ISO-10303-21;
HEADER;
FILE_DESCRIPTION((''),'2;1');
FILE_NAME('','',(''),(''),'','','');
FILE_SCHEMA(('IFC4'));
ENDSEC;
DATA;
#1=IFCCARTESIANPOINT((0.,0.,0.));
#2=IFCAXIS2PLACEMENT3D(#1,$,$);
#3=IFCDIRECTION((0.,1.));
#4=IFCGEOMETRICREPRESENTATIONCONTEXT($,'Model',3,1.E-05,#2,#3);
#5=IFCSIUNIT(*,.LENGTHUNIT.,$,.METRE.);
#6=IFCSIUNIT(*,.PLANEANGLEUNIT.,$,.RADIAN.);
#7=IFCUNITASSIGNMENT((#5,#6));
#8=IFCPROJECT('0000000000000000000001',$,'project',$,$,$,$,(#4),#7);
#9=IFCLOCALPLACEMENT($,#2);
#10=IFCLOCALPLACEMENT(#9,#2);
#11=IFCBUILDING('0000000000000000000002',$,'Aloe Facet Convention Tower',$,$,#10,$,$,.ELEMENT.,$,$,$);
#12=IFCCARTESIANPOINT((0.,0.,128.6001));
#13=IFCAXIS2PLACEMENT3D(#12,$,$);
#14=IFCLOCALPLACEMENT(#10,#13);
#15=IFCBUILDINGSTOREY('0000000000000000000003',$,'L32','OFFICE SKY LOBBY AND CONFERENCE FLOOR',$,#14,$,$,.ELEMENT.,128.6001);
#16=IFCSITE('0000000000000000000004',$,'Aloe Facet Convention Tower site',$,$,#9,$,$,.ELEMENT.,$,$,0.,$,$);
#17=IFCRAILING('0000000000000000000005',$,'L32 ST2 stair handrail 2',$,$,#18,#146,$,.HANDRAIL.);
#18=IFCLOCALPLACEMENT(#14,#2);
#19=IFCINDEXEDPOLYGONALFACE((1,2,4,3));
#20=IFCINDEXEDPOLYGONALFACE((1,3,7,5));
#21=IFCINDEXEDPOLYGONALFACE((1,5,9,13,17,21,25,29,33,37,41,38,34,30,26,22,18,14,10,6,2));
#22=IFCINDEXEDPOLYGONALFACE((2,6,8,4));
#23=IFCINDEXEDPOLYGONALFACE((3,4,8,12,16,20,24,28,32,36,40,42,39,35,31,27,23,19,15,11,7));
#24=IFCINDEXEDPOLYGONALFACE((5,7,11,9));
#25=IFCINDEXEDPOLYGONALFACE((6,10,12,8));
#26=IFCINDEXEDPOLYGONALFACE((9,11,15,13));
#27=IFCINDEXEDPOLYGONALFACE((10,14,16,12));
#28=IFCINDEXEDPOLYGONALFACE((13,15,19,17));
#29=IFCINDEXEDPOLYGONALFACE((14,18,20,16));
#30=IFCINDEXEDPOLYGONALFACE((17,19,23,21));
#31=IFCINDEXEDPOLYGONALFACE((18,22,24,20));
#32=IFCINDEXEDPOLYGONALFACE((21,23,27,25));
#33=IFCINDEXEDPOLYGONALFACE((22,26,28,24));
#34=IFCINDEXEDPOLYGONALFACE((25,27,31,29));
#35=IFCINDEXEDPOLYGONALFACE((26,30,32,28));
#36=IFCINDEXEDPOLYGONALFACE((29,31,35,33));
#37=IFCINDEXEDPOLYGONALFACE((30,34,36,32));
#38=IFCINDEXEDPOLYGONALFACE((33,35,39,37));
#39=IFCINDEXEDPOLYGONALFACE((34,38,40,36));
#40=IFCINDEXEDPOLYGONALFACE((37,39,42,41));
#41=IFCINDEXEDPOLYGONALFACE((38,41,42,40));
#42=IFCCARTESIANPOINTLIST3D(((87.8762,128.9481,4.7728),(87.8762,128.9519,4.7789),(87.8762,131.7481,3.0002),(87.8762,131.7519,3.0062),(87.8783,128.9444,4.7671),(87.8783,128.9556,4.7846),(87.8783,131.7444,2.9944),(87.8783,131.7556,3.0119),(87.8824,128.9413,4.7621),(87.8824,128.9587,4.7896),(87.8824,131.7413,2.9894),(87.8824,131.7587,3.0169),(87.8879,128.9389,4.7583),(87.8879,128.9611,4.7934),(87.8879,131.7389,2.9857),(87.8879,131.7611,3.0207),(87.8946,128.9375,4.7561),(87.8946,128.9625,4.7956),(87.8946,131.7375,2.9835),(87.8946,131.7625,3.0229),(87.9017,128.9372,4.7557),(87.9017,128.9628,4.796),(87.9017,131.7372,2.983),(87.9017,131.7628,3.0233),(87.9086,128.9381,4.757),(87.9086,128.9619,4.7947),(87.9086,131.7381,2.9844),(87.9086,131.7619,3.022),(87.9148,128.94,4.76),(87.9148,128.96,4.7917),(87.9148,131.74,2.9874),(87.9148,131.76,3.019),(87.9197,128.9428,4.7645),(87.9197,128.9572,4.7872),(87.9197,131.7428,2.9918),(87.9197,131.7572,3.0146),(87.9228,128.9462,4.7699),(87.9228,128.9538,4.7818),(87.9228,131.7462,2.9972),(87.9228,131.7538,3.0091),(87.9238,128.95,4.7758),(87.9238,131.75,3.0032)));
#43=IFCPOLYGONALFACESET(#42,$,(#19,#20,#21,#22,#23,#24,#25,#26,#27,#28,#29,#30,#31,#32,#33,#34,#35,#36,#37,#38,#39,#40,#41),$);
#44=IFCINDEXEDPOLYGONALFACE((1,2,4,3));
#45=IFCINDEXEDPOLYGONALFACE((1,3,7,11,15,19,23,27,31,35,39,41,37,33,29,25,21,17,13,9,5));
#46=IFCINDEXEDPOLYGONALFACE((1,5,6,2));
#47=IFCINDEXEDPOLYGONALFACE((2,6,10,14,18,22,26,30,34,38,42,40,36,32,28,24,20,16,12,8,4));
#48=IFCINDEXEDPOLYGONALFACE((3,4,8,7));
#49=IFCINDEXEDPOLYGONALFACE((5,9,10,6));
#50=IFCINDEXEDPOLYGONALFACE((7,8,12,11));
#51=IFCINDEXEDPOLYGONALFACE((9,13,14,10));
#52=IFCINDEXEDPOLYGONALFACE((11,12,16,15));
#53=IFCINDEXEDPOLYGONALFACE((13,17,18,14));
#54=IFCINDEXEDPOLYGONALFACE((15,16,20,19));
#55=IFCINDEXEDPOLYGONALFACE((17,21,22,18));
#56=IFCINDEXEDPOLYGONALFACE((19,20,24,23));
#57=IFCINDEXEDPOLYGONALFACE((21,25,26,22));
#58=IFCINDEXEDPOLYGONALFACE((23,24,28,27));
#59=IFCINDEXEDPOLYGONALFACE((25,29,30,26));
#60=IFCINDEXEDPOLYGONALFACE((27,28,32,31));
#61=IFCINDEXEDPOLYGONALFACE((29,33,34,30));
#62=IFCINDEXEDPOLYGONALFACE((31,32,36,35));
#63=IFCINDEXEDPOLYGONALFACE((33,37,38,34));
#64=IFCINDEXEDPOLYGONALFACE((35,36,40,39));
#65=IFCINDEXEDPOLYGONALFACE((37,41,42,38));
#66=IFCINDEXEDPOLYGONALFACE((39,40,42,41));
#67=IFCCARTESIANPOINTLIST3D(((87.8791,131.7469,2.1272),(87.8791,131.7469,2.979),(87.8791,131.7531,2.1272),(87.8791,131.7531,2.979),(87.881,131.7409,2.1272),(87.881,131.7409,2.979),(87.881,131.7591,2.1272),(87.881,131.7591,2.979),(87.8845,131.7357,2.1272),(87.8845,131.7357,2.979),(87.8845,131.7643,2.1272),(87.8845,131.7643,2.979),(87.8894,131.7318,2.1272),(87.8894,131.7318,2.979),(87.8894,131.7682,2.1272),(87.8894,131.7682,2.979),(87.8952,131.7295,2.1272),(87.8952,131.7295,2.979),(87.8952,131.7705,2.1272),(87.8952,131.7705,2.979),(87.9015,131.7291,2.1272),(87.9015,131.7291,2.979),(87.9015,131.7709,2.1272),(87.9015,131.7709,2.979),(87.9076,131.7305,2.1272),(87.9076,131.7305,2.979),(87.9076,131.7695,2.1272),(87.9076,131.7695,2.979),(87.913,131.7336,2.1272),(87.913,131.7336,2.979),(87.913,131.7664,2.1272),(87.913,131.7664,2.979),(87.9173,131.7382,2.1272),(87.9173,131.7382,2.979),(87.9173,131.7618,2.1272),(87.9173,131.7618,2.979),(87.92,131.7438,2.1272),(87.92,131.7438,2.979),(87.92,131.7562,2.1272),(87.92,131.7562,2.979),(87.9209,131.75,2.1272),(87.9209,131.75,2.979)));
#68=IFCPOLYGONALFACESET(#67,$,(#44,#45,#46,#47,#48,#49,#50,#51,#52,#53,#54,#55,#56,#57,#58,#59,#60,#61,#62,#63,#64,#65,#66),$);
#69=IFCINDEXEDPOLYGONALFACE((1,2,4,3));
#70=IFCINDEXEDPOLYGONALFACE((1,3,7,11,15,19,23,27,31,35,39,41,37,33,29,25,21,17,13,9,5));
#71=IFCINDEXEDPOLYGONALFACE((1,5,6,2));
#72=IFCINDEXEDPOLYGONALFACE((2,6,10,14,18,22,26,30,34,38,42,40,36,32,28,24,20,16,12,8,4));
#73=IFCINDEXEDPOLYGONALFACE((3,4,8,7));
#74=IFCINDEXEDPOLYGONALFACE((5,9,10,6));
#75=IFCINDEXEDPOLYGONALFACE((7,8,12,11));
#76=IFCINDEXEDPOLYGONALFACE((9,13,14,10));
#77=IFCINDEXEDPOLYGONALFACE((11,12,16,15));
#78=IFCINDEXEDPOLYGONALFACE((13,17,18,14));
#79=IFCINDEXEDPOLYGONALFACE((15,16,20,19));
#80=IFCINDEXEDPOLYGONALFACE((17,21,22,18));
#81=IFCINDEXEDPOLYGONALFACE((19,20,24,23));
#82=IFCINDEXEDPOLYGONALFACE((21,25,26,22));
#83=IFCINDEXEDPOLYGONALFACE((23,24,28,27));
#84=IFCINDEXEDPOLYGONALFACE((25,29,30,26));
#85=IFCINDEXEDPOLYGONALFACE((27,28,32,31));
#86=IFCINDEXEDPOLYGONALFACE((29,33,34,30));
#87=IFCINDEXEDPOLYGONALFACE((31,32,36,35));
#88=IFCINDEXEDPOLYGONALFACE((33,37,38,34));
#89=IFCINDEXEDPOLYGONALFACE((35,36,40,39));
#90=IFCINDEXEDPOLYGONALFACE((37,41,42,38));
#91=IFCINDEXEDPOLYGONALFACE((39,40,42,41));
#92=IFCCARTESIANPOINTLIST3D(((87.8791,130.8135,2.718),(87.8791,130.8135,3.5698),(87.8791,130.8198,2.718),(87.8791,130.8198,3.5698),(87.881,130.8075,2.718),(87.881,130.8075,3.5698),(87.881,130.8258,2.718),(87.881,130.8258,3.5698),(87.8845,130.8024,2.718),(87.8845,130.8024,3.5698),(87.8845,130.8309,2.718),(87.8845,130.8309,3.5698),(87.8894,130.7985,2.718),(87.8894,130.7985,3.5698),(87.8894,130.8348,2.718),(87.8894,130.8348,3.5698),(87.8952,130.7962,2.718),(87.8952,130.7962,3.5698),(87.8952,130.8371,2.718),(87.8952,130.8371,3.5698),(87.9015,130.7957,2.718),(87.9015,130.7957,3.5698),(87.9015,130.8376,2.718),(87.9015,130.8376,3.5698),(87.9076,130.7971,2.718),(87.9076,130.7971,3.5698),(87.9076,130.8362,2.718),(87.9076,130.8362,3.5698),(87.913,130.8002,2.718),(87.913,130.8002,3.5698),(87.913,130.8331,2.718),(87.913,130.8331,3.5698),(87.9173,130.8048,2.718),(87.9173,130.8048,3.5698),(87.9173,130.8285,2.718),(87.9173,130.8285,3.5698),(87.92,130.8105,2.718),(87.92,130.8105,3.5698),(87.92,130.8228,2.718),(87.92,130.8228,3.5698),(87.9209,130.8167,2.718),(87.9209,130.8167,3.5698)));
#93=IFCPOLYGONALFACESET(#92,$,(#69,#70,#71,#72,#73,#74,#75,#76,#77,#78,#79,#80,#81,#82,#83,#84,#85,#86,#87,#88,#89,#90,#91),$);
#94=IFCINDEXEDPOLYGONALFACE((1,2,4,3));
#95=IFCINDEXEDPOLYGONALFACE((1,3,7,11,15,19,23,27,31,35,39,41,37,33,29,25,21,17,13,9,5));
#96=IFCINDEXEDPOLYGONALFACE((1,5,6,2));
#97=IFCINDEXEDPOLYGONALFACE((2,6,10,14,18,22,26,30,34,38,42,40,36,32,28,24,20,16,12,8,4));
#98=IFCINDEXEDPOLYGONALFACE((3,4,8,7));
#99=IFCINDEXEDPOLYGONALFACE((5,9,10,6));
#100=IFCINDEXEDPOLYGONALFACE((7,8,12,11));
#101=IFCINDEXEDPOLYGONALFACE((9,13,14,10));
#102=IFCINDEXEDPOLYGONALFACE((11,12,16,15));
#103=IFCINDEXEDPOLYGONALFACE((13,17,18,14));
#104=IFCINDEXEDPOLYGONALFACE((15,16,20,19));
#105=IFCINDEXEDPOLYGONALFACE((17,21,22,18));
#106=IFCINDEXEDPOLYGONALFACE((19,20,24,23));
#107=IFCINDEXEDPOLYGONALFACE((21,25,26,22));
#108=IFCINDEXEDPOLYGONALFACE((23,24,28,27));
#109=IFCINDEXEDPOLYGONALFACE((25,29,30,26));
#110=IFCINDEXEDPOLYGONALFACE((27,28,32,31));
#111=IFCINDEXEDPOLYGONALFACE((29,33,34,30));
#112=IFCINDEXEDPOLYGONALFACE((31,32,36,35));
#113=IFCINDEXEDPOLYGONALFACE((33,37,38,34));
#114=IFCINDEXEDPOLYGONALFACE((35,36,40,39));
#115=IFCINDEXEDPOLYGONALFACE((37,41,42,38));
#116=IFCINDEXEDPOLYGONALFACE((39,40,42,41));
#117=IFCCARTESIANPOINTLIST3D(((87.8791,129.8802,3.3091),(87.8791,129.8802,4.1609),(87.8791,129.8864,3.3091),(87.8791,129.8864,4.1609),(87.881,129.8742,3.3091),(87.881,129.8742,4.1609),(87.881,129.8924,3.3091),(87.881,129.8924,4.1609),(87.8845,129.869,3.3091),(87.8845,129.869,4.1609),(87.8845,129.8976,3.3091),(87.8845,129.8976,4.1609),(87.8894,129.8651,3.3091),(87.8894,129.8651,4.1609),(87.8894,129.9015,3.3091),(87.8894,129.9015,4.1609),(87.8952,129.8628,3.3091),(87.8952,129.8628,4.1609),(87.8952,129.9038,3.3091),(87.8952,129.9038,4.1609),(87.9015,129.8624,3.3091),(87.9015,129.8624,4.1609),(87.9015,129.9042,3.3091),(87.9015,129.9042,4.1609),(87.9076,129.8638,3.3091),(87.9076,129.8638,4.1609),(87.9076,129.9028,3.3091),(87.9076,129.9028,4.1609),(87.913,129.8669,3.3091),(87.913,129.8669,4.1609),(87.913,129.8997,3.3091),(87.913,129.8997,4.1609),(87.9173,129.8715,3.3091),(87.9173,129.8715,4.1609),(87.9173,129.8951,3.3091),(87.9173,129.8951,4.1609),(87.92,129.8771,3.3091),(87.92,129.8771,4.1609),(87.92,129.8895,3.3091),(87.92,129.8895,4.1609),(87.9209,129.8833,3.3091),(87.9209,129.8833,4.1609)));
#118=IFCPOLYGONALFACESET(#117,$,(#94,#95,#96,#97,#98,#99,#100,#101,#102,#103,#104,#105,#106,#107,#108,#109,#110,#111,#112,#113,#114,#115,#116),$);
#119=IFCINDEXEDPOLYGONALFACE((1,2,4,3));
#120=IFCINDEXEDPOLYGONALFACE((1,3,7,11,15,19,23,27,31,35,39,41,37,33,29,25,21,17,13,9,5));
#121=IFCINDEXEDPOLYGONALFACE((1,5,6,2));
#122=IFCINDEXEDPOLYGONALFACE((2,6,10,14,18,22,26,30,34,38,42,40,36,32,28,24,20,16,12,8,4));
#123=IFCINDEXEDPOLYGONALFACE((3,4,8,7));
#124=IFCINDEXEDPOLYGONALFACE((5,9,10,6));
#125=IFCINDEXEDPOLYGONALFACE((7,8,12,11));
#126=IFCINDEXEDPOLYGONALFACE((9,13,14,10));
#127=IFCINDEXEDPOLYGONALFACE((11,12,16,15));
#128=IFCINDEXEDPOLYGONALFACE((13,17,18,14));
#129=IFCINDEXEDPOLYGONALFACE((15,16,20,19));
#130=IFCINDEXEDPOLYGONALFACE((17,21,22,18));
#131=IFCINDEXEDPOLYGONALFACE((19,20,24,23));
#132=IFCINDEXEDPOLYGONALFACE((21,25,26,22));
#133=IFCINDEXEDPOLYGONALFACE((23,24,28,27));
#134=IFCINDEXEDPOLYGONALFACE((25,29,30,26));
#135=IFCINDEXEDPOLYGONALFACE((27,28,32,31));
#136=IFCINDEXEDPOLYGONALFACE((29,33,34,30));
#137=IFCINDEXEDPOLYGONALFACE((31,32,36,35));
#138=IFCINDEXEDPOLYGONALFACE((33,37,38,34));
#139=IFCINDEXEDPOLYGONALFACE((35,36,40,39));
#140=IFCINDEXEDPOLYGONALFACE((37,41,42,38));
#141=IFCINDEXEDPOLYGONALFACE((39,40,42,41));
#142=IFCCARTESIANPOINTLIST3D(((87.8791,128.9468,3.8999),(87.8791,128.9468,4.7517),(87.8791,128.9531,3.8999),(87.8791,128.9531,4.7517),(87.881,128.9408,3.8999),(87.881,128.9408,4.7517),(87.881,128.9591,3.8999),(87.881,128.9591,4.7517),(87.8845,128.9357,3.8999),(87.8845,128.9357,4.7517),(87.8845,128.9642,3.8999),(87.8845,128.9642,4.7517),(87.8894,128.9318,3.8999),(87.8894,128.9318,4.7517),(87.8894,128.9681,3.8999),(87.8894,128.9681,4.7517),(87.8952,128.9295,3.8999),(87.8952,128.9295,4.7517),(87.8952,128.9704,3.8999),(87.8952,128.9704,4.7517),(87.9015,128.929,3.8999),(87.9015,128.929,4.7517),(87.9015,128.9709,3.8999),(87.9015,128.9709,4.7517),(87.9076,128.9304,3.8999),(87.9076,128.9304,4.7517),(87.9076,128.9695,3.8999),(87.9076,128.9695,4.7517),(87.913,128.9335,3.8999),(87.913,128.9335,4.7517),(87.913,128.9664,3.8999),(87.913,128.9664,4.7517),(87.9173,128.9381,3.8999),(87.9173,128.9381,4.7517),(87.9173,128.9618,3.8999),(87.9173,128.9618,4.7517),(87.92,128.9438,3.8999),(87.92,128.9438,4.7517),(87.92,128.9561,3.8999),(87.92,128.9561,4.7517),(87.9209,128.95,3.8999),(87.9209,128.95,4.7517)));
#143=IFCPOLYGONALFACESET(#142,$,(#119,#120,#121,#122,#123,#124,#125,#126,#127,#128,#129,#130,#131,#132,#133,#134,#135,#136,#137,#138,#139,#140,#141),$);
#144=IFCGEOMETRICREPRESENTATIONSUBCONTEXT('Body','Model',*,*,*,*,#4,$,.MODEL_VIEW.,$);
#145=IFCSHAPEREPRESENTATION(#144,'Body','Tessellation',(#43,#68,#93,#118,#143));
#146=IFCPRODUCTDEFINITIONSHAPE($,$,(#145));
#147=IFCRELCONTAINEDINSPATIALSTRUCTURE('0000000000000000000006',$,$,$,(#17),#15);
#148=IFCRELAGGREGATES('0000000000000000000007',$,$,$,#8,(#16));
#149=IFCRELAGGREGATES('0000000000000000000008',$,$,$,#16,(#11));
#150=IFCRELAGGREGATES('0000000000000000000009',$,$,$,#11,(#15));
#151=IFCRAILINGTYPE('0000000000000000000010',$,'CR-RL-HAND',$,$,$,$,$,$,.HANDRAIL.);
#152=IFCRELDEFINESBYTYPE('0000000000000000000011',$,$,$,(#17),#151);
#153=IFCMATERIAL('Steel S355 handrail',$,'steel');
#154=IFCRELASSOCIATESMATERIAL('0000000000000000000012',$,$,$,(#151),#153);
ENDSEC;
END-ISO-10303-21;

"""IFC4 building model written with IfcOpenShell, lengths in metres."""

from ifc_helpers import new_model, si_unit, direction, frame, origin, origin_2d, place, context, subcontext, project, spatial, circle, extrude, material, type_object, element, save


model = new_model("IFC4")

# Units and contexts
model_context = context("Model", 3, precision=1e-05, world=origin(), true_north=direction((0.0, 1.0)))
body_context = subcontext(model_context, "Body", "Model", "MODEL_VIEW")
ifc_project = project(units=[si_unit("LENGTHUNIT", "METRE"), si_unit("PLANEANGLEUNIT", "RADIAN")], contexts=[model_context])

# Site, building, storey
site_placement = place(None, origin())
site = spatial("IfcSite", under=ifc_project, at=site_placement, Name="Aloe Facet Convention Tower site", CompositionType="ELEMENT", RefElevation=0.0)
building_placement = place(site_placement, origin())
building = spatial("IfcBuilding", under=site, at=building_placement, Name="Aloe Facet Convention Tower", CompositionType="ELEMENT")
storey_placement = place(building_placement, frame((0.0, 0.0, 128.6001)))
storey = spatial("IfcBuildingStorey", under=building, at=storey_placement, Name="L32", Description="OFFICE SKY LOBBY AND CONFERENCE FLOOR", CompositionType="ELEMENT", Elevation=128.6001)

# Railing
ifc_material_1 = material(Name="Steel S355 handrail", Category="steel")
railing_type_1 = type_object("IfcRailingType", Name="CR-RL-HAND", PredefinedType="HANDRAIL", material=ifc_material_1)
railing_1_placement = place(storey_placement, frame((87.8999, 131.75, 2.1272)))
element("IfcRailing", 1, at=railing_1_placement, inside=storey, type_object=railing_type_1, Name="L32 ST2 stair handrail 2", PredefinedType="HANDRAIL", context=body_context, shape_type="SweptSolid", body=[
    extrude(circle(Radius=0.0239, at=origin_2d()), frame((0.0, 0.0, 0.876), z_axis=(0.0, -0.844909, 0.53491), x_axis=(1.0, 0.0, 0.0)), (0.0, 0.0, 1.0), 3.314),
    extrude(circle(Radius=0.021, at=origin_2d()), origin(), (0.0, 0.0, 1.0), 0.8518),
    extrude(circle(Radius=0.021, at=origin_2d()), frame((0.0, -0.9333, 0.5908)), (0.0, 0.0, 1.0), 0.8518),
    extrude(circle(Radius=0.021, at=origin_2d()), frame((0.0, -1.8667, 1.1819)), (0.0, 0.0, 1.0), 0.8518),
    extrude(circle(Radius=0.021, at=origin_2d()), frame((0.0, -2.8, 1.7727)), (0.0, 0.0, 1.0), 0.8518),
])

save(model, "model.ifc")
